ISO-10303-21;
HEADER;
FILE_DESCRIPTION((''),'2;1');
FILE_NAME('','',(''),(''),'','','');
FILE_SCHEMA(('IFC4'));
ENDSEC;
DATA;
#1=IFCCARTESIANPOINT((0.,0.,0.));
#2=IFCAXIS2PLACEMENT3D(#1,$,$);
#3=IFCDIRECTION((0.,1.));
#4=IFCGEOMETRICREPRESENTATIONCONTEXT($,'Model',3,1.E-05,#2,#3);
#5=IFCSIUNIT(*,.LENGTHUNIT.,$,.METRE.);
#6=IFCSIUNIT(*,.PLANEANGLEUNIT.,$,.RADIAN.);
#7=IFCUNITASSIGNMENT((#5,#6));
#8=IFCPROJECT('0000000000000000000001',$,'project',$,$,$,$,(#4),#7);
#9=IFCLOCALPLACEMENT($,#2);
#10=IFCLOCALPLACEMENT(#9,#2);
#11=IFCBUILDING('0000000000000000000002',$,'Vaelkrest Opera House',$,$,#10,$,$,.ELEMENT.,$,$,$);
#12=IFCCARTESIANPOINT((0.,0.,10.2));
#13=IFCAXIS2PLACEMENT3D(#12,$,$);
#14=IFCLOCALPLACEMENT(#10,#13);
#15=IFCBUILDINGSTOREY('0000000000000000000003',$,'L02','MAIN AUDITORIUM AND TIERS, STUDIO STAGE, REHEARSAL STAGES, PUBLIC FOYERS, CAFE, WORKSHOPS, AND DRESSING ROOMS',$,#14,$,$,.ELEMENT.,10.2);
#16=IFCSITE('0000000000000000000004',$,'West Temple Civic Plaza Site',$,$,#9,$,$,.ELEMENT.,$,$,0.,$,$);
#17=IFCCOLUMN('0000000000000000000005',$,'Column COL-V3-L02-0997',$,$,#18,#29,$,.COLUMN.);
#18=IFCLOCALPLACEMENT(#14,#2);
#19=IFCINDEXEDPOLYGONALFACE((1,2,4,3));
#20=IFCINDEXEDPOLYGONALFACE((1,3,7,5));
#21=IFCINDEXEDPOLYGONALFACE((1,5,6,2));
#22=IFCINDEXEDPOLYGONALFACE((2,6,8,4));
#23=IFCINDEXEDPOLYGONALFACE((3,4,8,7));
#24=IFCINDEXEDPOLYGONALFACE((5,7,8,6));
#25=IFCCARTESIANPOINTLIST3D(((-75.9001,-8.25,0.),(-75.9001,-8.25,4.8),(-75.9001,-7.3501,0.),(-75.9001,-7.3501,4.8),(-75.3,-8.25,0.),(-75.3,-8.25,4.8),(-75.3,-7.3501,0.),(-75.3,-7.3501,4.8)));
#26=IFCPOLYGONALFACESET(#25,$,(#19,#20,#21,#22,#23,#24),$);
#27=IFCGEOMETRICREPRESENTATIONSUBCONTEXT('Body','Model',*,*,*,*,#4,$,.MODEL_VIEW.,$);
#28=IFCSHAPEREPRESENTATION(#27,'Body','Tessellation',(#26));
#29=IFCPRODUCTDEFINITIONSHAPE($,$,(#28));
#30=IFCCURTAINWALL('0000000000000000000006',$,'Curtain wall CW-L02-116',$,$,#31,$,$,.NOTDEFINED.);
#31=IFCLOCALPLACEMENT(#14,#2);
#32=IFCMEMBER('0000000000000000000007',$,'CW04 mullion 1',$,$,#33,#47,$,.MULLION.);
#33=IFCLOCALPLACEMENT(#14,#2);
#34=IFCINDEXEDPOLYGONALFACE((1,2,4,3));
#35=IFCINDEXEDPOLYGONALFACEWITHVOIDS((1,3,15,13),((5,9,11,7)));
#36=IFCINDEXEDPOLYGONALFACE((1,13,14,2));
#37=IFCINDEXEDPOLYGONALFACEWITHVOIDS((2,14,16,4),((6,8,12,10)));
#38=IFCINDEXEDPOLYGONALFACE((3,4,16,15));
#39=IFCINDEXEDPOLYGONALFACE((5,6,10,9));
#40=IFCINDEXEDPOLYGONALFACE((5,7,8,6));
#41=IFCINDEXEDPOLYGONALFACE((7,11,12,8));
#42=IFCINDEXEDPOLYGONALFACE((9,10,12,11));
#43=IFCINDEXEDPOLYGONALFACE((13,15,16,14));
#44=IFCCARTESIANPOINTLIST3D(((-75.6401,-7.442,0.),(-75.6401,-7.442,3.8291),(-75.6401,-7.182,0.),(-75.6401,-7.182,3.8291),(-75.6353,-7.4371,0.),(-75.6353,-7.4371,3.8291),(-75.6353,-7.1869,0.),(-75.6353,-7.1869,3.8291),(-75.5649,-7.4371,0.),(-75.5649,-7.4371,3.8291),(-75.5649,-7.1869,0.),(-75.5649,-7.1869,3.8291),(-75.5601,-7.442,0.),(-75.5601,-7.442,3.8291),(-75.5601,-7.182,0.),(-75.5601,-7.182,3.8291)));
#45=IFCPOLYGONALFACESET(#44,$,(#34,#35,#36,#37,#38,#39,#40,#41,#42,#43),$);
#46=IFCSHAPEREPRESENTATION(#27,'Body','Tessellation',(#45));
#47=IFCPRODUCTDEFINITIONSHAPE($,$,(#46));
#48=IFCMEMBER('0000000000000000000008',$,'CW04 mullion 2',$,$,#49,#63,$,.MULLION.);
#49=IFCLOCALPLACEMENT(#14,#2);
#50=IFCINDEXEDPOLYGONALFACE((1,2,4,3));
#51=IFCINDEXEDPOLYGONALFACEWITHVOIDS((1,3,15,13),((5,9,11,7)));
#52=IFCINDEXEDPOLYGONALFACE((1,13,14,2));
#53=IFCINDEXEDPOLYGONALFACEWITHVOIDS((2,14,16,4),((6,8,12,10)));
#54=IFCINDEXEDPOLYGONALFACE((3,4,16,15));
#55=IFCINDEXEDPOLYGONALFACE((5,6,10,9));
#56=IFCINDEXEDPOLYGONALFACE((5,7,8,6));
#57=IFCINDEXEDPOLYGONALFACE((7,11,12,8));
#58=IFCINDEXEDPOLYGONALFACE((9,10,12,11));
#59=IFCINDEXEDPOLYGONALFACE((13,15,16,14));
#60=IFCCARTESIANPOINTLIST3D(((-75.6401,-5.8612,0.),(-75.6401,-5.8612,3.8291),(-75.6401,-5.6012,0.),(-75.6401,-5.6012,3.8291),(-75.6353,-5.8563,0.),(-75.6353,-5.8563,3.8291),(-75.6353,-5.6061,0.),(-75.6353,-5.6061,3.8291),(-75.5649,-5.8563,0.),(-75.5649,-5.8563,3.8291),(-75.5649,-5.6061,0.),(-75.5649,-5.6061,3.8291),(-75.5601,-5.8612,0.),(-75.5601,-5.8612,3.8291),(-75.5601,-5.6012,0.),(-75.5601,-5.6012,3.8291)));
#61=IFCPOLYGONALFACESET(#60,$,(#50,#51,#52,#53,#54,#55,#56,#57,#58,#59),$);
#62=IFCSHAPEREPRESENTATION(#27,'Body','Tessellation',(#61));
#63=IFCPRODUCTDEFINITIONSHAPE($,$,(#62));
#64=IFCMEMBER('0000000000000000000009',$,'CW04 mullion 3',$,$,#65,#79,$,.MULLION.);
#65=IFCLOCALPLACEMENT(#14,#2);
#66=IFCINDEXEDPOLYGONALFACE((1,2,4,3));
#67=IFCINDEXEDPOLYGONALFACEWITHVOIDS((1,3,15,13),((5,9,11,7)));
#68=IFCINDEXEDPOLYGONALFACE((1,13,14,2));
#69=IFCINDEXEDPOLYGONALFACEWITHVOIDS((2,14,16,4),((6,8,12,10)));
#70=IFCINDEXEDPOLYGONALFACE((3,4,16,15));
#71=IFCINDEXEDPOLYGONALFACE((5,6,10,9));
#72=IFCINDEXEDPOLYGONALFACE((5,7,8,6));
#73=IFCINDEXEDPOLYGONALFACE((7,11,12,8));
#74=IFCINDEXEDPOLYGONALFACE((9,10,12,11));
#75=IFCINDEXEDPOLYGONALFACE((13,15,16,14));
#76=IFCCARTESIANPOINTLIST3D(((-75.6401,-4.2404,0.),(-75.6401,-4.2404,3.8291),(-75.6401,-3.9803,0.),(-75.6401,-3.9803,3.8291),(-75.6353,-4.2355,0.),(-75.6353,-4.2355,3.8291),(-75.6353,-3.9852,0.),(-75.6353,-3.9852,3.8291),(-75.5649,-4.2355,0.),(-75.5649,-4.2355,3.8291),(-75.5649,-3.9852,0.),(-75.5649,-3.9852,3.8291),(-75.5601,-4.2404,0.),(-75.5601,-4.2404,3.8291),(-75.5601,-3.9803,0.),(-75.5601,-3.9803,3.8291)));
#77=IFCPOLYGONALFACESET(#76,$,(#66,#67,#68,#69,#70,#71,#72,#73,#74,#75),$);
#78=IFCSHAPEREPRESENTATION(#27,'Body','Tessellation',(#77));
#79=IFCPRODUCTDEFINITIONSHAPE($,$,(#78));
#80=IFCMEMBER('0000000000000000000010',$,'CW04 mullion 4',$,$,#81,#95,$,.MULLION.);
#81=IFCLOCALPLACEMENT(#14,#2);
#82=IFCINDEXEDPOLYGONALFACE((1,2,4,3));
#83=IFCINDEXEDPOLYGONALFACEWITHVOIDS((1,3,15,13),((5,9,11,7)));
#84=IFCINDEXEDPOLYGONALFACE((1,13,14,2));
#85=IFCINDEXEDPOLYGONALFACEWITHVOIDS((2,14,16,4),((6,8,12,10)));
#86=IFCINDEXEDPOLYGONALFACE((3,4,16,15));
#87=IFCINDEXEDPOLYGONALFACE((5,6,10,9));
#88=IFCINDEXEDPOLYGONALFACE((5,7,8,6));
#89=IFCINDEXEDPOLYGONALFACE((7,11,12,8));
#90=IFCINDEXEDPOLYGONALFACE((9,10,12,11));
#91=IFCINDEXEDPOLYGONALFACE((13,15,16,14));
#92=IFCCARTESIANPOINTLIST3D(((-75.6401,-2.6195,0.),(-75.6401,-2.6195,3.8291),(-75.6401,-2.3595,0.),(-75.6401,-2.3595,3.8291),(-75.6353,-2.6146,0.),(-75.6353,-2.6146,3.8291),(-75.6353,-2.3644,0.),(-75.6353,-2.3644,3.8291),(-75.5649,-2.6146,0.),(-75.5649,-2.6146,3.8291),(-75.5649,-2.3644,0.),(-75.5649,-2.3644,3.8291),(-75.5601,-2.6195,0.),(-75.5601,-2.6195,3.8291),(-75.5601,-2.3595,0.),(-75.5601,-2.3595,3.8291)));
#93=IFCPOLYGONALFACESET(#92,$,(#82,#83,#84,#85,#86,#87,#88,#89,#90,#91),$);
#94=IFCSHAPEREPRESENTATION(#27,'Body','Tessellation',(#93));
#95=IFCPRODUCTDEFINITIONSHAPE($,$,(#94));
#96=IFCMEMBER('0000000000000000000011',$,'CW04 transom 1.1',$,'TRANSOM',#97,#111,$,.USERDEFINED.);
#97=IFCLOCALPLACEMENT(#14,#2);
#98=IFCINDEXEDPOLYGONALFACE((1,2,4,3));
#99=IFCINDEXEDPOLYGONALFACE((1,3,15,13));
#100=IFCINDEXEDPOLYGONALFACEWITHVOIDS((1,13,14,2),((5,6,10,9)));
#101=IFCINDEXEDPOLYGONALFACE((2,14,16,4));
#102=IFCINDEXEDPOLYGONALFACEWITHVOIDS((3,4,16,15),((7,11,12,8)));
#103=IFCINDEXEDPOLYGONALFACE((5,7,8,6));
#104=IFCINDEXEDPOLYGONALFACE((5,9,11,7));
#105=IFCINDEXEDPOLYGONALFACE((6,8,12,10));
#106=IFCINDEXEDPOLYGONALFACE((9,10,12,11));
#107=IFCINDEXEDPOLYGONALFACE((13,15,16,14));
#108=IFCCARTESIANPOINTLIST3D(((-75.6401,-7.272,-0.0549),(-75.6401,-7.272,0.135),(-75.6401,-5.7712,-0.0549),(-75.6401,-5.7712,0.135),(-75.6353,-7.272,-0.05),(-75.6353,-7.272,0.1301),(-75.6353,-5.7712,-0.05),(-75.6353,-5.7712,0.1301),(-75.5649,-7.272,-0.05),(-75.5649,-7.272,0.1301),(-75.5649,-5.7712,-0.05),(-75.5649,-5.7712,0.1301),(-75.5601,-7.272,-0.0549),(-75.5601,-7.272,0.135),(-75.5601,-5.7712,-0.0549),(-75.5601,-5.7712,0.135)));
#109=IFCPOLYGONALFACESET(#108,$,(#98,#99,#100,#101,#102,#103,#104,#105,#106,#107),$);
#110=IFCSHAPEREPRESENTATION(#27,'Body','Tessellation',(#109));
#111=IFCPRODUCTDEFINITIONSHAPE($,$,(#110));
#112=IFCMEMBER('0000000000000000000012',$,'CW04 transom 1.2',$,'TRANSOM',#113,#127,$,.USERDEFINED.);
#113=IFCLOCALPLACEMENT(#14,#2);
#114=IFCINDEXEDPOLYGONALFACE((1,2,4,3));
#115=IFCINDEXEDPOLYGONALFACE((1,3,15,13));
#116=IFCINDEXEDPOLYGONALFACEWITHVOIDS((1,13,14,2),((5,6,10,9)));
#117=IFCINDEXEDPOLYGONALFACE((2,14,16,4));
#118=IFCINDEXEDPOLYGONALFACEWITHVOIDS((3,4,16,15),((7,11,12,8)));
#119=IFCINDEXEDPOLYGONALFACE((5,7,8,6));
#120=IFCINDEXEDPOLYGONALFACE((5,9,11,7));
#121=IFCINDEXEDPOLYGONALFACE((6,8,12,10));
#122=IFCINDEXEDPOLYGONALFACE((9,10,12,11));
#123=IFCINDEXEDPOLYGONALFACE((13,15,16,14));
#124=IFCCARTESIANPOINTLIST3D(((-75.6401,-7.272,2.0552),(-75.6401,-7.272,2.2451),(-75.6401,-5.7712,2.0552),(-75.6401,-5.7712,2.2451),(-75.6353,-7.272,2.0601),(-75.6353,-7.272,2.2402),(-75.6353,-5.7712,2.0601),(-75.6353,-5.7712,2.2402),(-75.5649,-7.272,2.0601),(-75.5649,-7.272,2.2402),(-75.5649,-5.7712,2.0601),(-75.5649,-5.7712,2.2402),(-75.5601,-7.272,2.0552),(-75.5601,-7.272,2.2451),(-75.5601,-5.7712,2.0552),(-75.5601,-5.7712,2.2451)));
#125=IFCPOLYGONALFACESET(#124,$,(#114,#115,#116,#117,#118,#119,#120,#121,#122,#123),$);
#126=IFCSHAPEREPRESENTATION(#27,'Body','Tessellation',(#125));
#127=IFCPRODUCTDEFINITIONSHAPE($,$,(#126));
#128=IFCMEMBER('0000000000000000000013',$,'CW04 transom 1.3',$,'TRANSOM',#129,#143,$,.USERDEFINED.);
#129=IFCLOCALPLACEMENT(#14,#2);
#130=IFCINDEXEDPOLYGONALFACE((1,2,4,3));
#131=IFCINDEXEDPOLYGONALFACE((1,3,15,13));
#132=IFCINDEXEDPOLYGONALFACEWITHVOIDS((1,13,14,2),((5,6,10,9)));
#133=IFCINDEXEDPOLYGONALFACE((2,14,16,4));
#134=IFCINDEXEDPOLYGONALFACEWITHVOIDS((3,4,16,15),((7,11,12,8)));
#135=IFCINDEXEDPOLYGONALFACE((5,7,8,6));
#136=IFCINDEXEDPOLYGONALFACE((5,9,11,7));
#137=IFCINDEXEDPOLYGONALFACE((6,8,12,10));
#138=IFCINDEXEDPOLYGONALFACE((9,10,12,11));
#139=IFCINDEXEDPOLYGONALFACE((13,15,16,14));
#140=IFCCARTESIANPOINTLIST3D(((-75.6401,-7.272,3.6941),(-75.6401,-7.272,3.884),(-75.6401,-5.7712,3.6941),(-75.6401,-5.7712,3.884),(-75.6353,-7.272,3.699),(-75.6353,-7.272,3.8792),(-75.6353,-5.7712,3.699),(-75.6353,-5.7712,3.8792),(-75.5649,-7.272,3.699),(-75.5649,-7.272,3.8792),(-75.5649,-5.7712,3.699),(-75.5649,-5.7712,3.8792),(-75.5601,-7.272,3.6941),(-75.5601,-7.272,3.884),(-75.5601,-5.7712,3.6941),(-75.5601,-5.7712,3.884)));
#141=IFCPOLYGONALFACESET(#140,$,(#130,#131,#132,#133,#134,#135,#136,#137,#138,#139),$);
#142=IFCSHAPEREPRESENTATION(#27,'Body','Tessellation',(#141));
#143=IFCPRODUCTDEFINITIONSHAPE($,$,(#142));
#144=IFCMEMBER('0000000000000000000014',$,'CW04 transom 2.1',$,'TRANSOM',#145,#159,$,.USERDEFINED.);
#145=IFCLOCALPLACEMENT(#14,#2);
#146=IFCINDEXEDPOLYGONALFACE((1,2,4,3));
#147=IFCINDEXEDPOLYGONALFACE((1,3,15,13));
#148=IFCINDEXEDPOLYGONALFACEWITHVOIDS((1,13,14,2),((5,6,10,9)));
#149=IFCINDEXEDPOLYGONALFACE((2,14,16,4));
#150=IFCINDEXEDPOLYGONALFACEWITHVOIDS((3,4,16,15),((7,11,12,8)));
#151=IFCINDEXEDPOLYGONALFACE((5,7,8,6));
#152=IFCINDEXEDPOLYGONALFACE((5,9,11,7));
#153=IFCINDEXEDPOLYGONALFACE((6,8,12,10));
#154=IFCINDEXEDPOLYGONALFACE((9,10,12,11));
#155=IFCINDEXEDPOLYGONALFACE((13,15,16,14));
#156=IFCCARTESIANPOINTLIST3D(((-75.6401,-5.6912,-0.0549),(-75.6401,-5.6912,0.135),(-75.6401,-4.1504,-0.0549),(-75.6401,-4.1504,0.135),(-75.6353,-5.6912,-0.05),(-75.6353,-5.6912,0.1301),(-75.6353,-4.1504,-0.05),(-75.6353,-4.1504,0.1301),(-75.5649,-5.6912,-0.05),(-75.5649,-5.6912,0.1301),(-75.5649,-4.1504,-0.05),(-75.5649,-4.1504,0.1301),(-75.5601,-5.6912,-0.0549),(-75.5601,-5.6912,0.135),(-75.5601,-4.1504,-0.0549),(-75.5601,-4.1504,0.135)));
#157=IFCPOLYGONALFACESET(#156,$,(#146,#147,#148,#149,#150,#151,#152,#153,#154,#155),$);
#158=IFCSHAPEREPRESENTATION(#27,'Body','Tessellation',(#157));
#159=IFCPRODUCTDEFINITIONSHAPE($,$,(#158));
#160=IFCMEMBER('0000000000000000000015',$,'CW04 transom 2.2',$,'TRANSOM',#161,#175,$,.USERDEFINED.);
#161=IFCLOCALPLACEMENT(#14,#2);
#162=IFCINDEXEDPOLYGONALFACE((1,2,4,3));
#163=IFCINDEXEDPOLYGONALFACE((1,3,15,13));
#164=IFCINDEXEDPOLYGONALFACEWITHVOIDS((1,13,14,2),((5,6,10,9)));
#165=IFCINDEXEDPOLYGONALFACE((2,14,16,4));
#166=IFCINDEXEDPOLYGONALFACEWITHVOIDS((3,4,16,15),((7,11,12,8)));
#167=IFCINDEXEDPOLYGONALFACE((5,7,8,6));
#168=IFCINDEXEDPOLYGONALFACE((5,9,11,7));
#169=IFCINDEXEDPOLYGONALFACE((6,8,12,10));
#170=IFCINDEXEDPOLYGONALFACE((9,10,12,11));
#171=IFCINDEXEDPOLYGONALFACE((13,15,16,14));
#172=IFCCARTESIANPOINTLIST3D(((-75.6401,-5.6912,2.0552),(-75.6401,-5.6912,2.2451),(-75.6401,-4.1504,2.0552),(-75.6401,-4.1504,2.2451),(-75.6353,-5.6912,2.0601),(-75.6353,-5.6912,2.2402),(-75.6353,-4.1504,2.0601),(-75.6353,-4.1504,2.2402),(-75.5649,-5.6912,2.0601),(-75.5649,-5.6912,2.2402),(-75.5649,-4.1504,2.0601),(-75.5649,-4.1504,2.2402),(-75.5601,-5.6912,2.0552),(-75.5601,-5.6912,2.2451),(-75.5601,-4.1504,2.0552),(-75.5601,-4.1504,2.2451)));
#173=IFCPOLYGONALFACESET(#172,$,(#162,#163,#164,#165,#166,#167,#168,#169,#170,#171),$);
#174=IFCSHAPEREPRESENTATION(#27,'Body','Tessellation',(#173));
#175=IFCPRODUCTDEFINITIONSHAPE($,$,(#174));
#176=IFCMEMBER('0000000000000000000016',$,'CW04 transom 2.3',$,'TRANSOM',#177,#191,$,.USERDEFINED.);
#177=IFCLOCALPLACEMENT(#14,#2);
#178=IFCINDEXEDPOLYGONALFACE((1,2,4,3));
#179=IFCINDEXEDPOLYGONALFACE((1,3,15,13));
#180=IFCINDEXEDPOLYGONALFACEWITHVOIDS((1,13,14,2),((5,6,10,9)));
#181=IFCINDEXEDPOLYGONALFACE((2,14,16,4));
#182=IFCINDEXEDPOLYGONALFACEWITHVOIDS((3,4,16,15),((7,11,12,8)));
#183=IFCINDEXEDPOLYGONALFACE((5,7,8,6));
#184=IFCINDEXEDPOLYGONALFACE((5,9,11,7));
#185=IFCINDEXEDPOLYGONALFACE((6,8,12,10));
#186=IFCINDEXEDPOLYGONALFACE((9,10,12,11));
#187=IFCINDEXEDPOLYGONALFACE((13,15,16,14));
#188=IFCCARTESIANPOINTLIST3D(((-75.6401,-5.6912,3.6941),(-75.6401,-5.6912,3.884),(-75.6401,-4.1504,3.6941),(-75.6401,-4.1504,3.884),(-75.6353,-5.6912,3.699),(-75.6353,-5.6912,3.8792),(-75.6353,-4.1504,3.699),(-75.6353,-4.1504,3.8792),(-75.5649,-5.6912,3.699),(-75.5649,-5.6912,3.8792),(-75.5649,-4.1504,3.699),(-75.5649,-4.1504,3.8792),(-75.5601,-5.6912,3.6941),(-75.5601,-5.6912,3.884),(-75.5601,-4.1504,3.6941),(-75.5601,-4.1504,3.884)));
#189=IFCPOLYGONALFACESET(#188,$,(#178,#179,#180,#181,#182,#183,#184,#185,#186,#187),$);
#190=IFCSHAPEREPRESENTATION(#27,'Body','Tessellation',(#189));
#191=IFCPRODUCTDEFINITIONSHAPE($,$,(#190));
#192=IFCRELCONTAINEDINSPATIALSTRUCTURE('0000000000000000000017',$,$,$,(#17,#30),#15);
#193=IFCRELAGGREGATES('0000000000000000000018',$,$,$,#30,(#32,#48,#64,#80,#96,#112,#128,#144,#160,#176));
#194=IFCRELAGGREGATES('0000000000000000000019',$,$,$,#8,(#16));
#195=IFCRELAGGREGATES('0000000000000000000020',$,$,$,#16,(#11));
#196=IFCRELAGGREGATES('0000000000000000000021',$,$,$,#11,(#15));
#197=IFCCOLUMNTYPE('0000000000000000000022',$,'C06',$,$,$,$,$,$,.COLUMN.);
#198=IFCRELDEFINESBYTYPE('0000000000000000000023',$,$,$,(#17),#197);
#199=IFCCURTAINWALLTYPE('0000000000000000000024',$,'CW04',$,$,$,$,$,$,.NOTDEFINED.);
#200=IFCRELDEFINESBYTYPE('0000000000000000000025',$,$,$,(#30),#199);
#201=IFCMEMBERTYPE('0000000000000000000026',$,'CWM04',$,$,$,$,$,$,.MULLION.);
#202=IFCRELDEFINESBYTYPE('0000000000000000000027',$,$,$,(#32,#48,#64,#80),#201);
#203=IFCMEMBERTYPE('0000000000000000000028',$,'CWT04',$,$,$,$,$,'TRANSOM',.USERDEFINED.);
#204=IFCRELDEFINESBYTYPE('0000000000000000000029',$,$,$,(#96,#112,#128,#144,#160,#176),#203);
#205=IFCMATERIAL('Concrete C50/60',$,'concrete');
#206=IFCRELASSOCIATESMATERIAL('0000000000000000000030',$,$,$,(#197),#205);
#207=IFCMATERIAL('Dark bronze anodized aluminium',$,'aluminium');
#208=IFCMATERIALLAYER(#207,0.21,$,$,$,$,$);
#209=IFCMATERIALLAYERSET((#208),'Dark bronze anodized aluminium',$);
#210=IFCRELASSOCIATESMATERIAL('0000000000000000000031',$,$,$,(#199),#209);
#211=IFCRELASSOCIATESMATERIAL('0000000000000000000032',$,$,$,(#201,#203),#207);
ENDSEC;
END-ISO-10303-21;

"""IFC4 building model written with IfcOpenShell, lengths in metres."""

from ifc_helpers import new_model, si_unit, direction, frame, origin, origin_2d, place, context, subcontext, project, spatial, rectangle, hollow_rectangle, extrude, material, layer, layer_set, material_profile, profile_set, type_object, element, aggregate, save


model = new_model("IFC4")

# Units and contexts
model_context = context("Model", 3, precision=1e-05, world=origin(), true_north=direction((0.0, 1.0)))
body_context = subcontext(model_context, "Body", "Model", "MODEL_VIEW")
ifc_project = project(units=[si_unit("LENGTHUNIT", "METRE"), si_unit("PLANEANGLEUNIT", "RADIAN")], contexts=[model_context])

# Site, building, storey
site_placement = place(None, origin())
site = spatial("IfcSite", under=ifc_project, at=site_placement, Name="West Temple Civic Plaza Site", CompositionType="ELEMENT", RefElevation=0.0)
building_placement = place(site_placement, origin())
building = spatial("IfcBuilding", under=site, at=building_placement, Name="Vaelkrest Opera House", CompositionType="ELEMENT")
storey_placement = place(building_placement, frame((0.0, 0.0, 10.2)))
storey = spatial("IfcBuildingStorey", under=building, at=storey_placement, Name="L02", Description="MAIN AUDITORIUM AND TIERS, STUDIO STAGE, REHEARSAL STAGES, PUBLIC FOYERS, CAFE, WORKSHOPS, AND DRESSING ROOMS", CompositionType="ELEMENT", Elevation=10.2)

# Column
ifc_material_1 = material(Name="Concrete C50/60", Category="concrete")
ifc_material_profile_1 = material_profile(ifc_material_1, rectangle(XDim=0.6001, YDim=0.8999, at=origin_2d()), Name="RC600X900")
ifc_profile_set_1 = profile_set([ifc_material_profile_1], Name="Concrete C50/60")
column_type = type_object("IfcColumnType", Name="C06", PredefinedType="COLUMN", material=ifc_profile_set_1)
column_placement = place(storey_placement, frame((-75.6001, -7.8, 0.0), z_axis=(0.0, 0.0, 1.0), x_axis=(1.0, 0.0, 0.0)))
element("IfcColumn", 1, at=column_placement, inside=storey, type_object=column_type, Name="Column COL-V3-L02-0997", PredefinedType="COLUMN", context=body_context, shape_type="SweptSolid", body=[
    extrude(rectangle(XDim=0.6001, YDim=0.8999, at=origin_2d()), origin(), (0.0, 0.0, 1.0), 4.8),
])

# Curtain wall, members
ifc_material_2 = material(Name="Dark bronze anodized aluminium", Category="aluminium")
ifc_layer_1 = layer(ifc_material_2, 0.21)
ifc_layer_set_1 = layer_set([ifc_layer_1], Name="Dark bronze anodized aluminium")
curtain_wall_type = type_object("IfcCurtainWallType", Name="CW04", PredefinedType="NOTDEFINED", material=ifc_layer_set_1)
curtain_wall_placement = place(storey_placement, origin())
curtain_wall = element("IfcCurtainWall", 2, at=curtain_wall_placement, inside=storey, type_object=curtain_wall_type, Name="Curtain wall CW-L02-116", PredefinedType="NOTDEFINED")
ifc_material_profile_2 = material_profile(ifc_material_2, hollow_rectangle(XDim=0.0801, YDim=0.26, WallThickness=0.0049, at=origin_2d()), Name="CWM80X260")
ifc_profile_set_2 = profile_set([ifc_material_profile_2], Name="Dark bronze anodized aluminium")
member_type_1 = type_object("IfcMemberType", Name="CWM04", PredefinedType="MULLION", material=ifc_profile_set_2)
member_1_placement = place(storey_placement, frame((-75.6001, -7.312, 0.0), z_axis=(0.0, 0.0, 1.0), x_axis=(-1.0, 0.0, 0.0)))
member_1 = element("IfcMember", 3, at=member_1_placement, type_object=member_type_1, Name="CW04 mullion 1", PredefinedType="MULLION", context=body_context, shape_type="SweptSolid", body=[
    extrude(hollow_rectangle(XDim=0.0801, YDim=0.26, WallThickness=0.0049, at=origin_2d()), origin(), (0.0, 0.0, 1.0), 3.8291),
])
member_2_placement = place(storey_placement, frame((-75.6001, -5.7312, 0.0), z_axis=(0.0, 0.0, 1.0), x_axis=(-1.0, 0.0, 0.0)))
member_2 = element("IfcMember", 4, at=member_2_placement, type_object=member_type_1, Name="CW04 mullion 2", PredefinedType="MULLION", context=body_context, shape_type="SweptSolid", body=[
    extrude(hollow_rectangle(XDim=0.0801, YDim=0.26, WallThickness=0.0049, at=origin_2d()), origin(), (0.0, 0.0, 1.0), 3.8291),
])
member_3_placement = place(storey_placement, frame((-75.6001, -4.1104, 0.0), z_axis=(0.0, 0.0, 1.0), x_axis=(-1.0, 0.0, 0.0)))
member_3 = element("IfcMember", 5, at=member_3_placement, type_object=member_type_1, Name="CW04 mullion 3", PredefinedType="MULLION", context=body_context, shape_type="SweptSolid", body=[
    extrude(hollow_rectangle(XDim=0.0801, YDim=0.26, WallThickness=0.0049, at=origin_2d()), origin(), (0.0, 0.0, 1.0), 3.8291),
])
member_4_placement = place(storey_placement, frame((-75.6001, -2.4895, 0.0), z_axis=(0.0, 0.0, 1.0), x_axis=(-1.0, 0.0, 0.0)))
member_4 = element("IfcMember", 6, at=member_4_placement, type_object=member_type_1, Name="CW04 mullion 4", PredefinedType="MULLION", context=body_context, shape_type="SweptSolid", body=[
    extrude(hollow_rectangle(XDim=0.0801, YDim=0.26, WallThickness=0.0049, at=origin_2d()), origin(), (0.0, 0.0, 1.0), 3.8291),
])
ifc_material_profile_3 = material_profile(ifc_material_2, hollow_rectangle(XDim=0.0801, YDim=0.1899, WallThickness=0.0049, at=origin_2d()), Name="CWT80X190")
ifc_profile_set_3 = profile_set([ifc_material_profile_3], Name="Dark bronze anodized aluminium")
member_type_2 = type_object("IfcMemberType", Name="CWT04", ElementType="TRANSOM", PredefinedType="USERDEFINED", material=ifc_profile_set_3)
member_5_placement = place(storey_placement, frame((-75.6001, -7.272, 0.04), z_axis=(0.0, 1.0, 0.0), x_axis=(-1.0, 0.0, 0.0)))
member_5 = element("IfcMember", 7, at=member_5_placement, type_object=member_type_2, Name="CW04 transom 1.1", ObjectType="TRANSOM", PredefinedType="USERDEFINED", context=body_context, shape_type="SweptSolid", body=[
    extrude(hollow_rectangle(XDim=0.0801, YDim=0.1899, WallThickness=0.0049, at=origin_2d()), origin(), (0.0, 0.0, 1.0), 1.5007),
])
member_6_placement = place(storey_placement, frame((-75.6001, -7.272, 2.1501), z_axis=(0.0, 1.0, 0.0), x_axis=(-1.0, 0.0, 0.0)))
member_6 = element("IfcMember", 8, at=member_6_placement, type_object=member_type_2, Name="CW04 transom 1.2", ObjectType="TRANSOM", PredefinedType="USERDEFINED", context=body_context, shape_type="SweptSolid", body=[
    extrude(hollow_rectangle(XDim=0.0801, YDim=0.1899, WallThickness=0.0049, at=origin_2d()), origin(), (0.0, 0.0, 1.0), 1.5007),
])
member_7_placement = place(storey_placement, frame((-75.6001, -7.272, 3.7891), z_axis=(0.0, 1.0, 0.0), x_axis=(-1.0, 0.0, 0.0)))
member_7 = element("IfcMember", 9, at=member_7_placement, type_object=member_type_2, Name="CW04 transom 1.3", ObjectType="TRANSOM", PredefinedType="USERDEFINED", context=body_context, shape_type="SweptSolid", body=[
    extrude(hollow_rectangle(XDim=0.0801, YDim=0.1899, WallThickness=0.0049, at=origin_2d()), origin(), (0.0, 0.0, 1.0), 1.5007),
])
member_8_placement = place(storey_placement, frame((-75.6001, -5.6912, 0.04), z_axis=(0.0, 1.0, 0.0), x_axis=(-1.0, 0.0, 0.0)))
member_8 = element("IfcMember", 10, at=member_8_placement, type_object=member_type_2, Name="CW04 transom 2.1", ObjectType="TRANSOM", PredefinedType="USERDEFINED", context=body_context, shape_type="SweptSolid", body=[
    extrude(hollow_rectangle(XDim=0.0801, YDim=0.1899, WallThickness=0.0049, at=origin_2d()), origin(), (0.0, 0.0, 1.0), 1.5408),
])
member_9_placement = place(storey_placement, frame((-75.6001, -5.6912, 2.1501), z_axis=(0.0, 1.0, 0.0), x_axis=(-1.0, 0.0, 0.0)))
member_9 = element("IfcMember", 11, at=member_9_placement, type_object=member_type_2, Name="CW04 transom 2.2", ObjectType="TRANSOM", PredefinedType="USERDEFINED", context=body_context, shape_type="SweptSolid", body=[
    extrude(hollow_rectangle(XDim=0.0801, YDim=0.1899, WallThickness=0.0049, at=origin_2d()), origin(), (0.0, 0.0, 1.0), 1.5408),
])
member_10_placement = place(storey_placement, frame((-75.6001, -5.6912, 3.7891), z_axis=(0.0, 1.0, 0.0), x_axis=(-1.0, 0.0, 0.0)))
member_10 = element("IfcMember", 12, at=member_10_placement, type_object=member_type_2, Name="CW04 transom 2.3", ObjectType="TRANSOM", PredefinedType="USERDEFINED", context=body_context, shape_type="SweptSolid", body=[
    extrude(hollow_rectangle(XDim=0.0801, YDim=0.1899, WallThickness=0.0049, at=origin_2d()), origin(), (0.0, 0.0, 1.0), 1.5408),
])

aggregate(curtain_wall, [member_1, member_2, member_3, member_4, member_5, member_6, member_7, member_8, member_9, member_10])

save(model, "model.ifc")
